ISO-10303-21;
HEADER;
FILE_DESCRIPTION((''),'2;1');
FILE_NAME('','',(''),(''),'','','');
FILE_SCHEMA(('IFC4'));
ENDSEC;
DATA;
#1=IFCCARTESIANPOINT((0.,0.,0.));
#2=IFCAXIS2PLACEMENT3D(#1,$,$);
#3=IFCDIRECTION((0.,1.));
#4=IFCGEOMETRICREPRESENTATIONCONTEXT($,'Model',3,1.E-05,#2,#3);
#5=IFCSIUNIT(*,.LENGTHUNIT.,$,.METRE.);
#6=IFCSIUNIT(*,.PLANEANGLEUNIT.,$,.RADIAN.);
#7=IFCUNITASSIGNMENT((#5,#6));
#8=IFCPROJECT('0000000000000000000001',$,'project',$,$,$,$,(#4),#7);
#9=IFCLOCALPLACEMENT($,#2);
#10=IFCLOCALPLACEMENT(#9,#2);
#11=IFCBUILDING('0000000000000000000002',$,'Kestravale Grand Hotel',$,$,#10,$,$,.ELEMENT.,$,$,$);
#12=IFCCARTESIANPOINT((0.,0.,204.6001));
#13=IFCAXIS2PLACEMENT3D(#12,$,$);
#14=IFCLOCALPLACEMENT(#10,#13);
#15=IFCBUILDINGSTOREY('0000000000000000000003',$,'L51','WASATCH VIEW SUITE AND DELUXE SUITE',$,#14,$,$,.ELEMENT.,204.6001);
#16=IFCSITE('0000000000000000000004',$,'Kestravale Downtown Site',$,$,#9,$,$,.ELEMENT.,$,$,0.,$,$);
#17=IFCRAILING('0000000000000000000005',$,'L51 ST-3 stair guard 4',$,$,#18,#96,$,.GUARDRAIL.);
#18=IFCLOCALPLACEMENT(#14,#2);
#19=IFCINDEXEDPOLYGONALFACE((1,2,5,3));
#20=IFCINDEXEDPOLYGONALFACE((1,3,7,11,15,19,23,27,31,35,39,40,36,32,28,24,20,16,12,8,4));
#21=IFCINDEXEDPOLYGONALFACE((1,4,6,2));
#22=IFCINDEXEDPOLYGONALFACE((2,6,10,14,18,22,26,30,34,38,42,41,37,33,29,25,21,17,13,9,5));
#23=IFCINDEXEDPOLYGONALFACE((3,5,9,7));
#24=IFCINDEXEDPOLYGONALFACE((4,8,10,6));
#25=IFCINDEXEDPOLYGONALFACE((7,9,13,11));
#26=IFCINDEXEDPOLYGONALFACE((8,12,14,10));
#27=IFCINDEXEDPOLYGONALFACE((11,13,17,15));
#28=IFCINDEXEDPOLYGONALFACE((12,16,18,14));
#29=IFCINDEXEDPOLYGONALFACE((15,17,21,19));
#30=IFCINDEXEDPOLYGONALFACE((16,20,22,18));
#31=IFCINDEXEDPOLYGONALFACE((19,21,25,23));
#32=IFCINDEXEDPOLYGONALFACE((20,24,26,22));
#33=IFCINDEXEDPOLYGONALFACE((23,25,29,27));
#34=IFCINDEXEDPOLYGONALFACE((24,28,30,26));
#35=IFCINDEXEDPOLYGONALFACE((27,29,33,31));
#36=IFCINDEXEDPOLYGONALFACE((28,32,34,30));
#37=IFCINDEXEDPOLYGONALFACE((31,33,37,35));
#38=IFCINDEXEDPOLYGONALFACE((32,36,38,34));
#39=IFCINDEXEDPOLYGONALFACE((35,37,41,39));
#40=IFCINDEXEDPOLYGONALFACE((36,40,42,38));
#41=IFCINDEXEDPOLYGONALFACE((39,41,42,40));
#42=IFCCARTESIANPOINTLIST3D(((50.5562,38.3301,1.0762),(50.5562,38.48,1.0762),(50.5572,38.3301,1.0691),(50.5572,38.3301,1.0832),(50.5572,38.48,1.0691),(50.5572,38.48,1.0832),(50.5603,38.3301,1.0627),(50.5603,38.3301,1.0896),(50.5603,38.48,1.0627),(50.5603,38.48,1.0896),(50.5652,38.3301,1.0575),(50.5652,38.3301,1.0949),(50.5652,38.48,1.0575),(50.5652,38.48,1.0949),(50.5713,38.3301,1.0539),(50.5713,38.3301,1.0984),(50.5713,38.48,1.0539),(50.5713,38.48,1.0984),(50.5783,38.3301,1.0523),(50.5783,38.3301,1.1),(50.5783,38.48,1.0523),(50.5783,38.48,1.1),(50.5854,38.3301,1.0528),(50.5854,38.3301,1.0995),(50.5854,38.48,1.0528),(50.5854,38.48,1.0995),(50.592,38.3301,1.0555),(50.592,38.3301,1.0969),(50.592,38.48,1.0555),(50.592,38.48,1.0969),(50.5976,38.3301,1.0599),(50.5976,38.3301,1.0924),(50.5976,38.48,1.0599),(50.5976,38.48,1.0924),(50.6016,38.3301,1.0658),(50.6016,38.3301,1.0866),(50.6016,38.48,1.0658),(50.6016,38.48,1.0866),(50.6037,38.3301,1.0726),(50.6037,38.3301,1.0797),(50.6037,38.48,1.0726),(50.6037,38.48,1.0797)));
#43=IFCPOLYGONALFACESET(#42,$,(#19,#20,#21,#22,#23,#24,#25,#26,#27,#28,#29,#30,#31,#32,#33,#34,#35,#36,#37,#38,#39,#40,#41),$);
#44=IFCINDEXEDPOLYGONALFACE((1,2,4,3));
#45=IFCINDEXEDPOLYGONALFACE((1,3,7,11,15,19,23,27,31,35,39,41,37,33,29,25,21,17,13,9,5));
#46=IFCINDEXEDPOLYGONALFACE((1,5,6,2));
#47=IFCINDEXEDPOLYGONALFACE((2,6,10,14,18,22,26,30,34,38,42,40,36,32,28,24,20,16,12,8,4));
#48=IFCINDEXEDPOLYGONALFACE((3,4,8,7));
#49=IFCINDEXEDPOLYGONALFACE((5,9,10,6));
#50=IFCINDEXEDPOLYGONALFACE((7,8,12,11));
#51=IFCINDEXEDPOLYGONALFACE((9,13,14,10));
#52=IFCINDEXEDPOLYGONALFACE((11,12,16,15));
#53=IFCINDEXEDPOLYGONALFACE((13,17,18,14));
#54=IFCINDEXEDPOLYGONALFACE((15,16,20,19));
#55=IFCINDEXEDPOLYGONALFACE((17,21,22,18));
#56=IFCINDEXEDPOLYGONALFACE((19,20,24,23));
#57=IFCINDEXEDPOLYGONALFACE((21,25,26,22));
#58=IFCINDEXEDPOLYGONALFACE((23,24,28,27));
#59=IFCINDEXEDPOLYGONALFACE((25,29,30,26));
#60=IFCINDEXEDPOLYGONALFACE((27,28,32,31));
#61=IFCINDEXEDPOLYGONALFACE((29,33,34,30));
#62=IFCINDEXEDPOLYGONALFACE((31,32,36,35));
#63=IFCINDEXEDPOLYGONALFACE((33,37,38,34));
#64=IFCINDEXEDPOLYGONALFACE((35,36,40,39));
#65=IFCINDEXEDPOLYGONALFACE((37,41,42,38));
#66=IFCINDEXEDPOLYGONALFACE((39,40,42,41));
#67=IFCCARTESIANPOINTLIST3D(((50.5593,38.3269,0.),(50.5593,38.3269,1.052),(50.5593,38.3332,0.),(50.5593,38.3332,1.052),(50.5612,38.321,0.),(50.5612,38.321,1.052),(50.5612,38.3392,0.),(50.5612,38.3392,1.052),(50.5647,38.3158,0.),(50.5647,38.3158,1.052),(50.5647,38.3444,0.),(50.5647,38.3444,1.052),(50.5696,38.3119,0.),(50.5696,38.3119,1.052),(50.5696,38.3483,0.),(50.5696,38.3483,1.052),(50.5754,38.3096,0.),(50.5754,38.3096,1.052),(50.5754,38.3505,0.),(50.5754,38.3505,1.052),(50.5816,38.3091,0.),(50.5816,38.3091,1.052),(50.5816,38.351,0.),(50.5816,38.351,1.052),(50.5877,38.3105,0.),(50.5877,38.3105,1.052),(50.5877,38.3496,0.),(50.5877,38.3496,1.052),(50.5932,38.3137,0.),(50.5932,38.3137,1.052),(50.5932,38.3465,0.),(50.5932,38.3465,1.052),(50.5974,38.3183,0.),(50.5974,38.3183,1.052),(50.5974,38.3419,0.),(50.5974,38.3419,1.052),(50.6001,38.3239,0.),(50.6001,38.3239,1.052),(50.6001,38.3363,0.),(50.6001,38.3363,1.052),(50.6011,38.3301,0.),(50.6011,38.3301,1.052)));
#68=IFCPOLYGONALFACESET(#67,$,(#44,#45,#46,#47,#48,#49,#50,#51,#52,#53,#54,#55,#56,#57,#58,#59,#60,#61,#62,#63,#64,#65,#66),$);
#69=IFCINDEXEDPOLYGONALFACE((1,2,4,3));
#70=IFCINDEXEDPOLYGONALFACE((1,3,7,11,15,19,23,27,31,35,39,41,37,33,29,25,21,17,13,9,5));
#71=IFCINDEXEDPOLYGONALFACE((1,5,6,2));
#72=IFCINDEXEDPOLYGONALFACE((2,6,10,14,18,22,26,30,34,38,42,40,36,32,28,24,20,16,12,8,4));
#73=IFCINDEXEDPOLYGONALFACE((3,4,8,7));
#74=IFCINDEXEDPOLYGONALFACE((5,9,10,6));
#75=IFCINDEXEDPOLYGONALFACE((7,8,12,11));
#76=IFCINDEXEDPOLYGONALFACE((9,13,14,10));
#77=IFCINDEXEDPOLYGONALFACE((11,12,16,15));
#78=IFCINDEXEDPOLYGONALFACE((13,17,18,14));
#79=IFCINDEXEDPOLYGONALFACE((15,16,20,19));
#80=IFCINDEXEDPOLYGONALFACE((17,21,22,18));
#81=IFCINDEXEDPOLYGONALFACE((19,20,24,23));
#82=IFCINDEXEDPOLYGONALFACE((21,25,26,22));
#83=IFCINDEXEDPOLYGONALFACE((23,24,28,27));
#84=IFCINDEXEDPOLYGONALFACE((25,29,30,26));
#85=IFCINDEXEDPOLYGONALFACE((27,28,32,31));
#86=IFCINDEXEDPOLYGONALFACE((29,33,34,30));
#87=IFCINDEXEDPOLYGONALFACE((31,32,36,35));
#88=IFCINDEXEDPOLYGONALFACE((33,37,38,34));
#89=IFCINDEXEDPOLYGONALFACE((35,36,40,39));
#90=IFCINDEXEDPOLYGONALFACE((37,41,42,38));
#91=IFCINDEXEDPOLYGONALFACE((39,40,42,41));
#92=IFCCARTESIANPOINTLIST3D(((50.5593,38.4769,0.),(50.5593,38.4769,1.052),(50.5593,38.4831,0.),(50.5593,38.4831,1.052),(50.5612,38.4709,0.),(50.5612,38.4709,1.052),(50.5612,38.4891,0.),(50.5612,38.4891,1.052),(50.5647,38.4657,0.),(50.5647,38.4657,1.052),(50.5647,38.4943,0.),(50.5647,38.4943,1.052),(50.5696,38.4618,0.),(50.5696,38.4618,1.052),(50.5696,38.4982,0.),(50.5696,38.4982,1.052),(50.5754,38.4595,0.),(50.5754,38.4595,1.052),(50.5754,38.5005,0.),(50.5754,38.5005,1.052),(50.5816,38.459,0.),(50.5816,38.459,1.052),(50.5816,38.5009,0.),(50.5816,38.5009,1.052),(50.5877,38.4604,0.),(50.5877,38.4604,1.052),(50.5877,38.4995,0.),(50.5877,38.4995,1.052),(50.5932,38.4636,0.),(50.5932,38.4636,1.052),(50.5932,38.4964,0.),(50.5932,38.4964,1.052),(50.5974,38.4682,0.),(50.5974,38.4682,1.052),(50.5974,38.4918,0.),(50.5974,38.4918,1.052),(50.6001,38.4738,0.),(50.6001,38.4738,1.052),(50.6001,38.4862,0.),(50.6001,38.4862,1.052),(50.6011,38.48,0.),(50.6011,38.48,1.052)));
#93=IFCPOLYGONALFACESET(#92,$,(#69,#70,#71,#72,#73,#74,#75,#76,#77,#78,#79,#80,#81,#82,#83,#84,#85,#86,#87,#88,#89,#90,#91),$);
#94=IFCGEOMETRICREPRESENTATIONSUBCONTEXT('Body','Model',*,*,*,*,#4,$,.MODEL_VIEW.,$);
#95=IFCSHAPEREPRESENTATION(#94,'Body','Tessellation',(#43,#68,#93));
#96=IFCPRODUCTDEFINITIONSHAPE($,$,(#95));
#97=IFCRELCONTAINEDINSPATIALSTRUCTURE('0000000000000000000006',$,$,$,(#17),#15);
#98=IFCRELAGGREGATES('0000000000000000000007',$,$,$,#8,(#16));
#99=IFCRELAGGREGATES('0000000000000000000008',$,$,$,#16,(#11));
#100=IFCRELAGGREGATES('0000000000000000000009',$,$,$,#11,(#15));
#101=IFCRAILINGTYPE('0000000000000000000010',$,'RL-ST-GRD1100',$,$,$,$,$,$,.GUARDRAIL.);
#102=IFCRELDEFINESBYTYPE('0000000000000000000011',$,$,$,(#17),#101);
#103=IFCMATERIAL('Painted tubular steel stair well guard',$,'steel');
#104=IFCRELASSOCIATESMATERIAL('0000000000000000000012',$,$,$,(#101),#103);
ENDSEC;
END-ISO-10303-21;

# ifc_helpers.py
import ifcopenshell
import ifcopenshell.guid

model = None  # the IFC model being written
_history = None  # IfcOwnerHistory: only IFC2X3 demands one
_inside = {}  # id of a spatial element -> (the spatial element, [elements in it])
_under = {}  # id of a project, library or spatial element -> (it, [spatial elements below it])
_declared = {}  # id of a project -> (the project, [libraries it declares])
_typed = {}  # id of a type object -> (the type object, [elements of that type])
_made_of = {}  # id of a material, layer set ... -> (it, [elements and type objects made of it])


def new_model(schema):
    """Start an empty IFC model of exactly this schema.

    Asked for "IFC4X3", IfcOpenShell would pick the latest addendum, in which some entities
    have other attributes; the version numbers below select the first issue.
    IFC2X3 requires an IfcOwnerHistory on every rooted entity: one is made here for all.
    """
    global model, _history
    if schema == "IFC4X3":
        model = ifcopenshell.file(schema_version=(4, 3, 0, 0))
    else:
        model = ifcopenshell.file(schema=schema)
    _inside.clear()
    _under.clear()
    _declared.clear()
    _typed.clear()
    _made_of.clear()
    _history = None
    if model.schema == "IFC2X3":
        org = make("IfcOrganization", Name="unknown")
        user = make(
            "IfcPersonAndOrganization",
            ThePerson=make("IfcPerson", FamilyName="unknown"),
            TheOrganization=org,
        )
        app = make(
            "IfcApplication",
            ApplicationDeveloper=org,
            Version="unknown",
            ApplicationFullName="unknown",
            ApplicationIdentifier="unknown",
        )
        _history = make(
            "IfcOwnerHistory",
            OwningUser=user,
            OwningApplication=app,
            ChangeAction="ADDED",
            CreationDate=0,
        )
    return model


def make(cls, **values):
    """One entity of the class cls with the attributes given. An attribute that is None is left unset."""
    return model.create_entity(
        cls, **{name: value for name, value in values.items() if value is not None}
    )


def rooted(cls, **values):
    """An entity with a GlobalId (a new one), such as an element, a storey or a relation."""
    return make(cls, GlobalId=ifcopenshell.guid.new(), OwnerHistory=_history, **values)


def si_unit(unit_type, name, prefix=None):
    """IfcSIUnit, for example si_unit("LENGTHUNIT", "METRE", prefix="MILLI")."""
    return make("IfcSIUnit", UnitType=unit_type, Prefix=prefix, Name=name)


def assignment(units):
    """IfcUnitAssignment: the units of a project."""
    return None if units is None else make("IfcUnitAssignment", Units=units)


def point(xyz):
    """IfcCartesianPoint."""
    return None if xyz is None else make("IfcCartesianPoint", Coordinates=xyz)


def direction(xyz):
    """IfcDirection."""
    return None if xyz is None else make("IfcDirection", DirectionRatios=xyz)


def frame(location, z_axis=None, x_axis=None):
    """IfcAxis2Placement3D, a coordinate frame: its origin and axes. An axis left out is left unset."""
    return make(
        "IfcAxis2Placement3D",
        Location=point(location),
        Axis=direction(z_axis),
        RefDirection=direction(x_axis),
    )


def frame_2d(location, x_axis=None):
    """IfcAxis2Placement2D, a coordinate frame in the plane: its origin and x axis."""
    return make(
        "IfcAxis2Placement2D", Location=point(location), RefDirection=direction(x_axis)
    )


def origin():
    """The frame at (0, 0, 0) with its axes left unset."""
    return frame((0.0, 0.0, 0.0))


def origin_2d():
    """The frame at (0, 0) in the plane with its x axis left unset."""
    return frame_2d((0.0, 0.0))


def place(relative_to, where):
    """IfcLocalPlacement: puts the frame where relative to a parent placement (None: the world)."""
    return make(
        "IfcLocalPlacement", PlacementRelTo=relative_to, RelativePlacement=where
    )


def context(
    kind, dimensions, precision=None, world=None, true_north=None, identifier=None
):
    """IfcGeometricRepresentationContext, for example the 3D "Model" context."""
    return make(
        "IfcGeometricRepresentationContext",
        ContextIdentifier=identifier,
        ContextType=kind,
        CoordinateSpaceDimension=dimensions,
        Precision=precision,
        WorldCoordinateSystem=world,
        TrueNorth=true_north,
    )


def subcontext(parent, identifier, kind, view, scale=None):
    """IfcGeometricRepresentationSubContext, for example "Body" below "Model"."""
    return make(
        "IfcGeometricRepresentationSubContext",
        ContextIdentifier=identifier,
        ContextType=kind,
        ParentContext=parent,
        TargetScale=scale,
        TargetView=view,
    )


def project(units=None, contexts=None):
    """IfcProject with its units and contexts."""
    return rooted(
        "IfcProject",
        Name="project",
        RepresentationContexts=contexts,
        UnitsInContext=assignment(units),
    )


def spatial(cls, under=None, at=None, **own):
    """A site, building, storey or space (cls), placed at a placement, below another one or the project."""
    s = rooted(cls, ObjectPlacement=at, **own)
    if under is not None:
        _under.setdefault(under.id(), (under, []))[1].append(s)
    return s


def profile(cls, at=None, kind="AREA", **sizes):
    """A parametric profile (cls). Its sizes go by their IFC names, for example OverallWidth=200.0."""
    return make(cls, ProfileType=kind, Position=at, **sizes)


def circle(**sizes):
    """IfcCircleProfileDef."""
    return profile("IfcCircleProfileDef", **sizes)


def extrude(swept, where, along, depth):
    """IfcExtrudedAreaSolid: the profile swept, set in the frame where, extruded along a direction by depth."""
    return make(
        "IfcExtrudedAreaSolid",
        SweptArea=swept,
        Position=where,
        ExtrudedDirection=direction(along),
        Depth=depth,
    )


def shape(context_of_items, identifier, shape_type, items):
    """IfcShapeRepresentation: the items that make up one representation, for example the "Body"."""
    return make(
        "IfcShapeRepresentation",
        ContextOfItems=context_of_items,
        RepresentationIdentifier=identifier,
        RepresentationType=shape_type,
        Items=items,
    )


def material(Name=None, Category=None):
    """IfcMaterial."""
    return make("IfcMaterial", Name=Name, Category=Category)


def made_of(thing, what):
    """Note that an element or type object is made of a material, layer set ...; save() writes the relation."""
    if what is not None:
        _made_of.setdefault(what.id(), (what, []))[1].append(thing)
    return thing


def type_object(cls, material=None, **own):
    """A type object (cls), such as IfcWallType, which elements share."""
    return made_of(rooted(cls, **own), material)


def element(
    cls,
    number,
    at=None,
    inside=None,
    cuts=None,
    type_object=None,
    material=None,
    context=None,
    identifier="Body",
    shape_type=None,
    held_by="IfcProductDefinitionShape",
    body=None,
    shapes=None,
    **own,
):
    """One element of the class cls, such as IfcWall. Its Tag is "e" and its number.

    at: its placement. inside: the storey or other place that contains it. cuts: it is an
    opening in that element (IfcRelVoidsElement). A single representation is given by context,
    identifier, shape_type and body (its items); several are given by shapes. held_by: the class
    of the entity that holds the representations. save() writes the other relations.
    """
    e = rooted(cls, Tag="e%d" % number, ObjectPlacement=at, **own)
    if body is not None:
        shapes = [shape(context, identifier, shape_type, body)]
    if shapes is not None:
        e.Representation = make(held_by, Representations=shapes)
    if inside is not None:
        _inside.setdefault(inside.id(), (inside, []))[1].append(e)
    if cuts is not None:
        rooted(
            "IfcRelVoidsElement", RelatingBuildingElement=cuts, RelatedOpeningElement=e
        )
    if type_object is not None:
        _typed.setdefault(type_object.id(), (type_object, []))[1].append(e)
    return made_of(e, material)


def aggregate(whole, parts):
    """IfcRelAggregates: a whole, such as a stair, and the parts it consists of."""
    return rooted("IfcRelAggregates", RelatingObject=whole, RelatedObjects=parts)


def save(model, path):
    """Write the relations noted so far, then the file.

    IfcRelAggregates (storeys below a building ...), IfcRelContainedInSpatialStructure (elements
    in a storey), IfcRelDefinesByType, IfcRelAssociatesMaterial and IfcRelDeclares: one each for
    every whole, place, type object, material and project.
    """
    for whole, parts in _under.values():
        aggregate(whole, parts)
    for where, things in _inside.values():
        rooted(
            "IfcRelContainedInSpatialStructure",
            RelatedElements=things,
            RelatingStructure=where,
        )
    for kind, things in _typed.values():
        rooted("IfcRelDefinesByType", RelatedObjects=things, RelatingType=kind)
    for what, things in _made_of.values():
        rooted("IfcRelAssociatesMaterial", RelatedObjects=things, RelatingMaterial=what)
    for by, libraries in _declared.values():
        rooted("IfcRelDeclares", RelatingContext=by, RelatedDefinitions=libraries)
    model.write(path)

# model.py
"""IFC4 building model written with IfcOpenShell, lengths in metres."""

from ifc_helpers import new_model, si_unit, direction, frame, origin, origin_2d, place, context, subcontext, project, spatial, circle, extrude, material, type_object, element, save


model = new_model("IFC4")

# Units and contexts
model_context = context("Model", 3, precision=1e-05, world=origin(), true_north=direction((0.0, 1.0)))
body_context = subcontext(model_context, "Body", "Model", "MODEL_VIEW")
ifc_project = project(units=[si_unit("LENGTHUNIT", "METRE"), si_unit("PLANEANGLEUNIT", "RADIAN")], contexts=[model_context])

# Site, building, storey
site_placement = place(None, origin())
site = spatial("IfcSite", under=ifc_project, at=site_placement, Name="Kestravale Downtown Site", CompositionType="ELEMENT", RefElevation=0.0)
building_placement = place(site_placement, origin())
building = spatial("IfcBuilding", under=site, at=building_placement, Name="Kestravale Grand Hotel", CompositionType="ELEMENT")
storey_placement = place(building_placement, frame((0.0, 0.0, 204.6001)))
storey = spatial("IfcBuildingStorey", under=building, at=storey_placement, Name="L51", Description="WASATCH VIEW SUITE AND DELUXE SUITE", CompositionType="ELEMENT", Elevation=204.6001)

# Railing
ifc_material_1 = material(Name="Painted tubular steel stair well guard", Category="steel")
railing_type_1 = type_object("IfcRailingType", Name="RL-ST-GRD1100", PredefinedType="GUARDRAIL", material=ifc_material_1)
railing_1_placement = place(storey_placement, frame((50.5801, 38.3301, 0.0)))
element("IfcRailing", 1, at=railing_1_placement, inside=storey, type_object=railing_type_1, Name="L51 ST-3 stair guard 4", PredefinedType="GUARDRAIL", context=body_context, shape_type="SweptSolid", body=[
    extrude(circle(Radius=0.0239, at=origin_2d()), frame((0.0, 0.0, 1.0762), z_axis=(0.0, 1.0, 0.0), x_axis=(-1.0, 0.0, 0.0)), (0.0, 0.0, 1.0), 0.1499),
    extrude(circle(Radius=0.021, at=origin_2d()), origin(), (0.0, 0.0, 1.0), 1.052),
    extrude(circle(Radius=0.021, at=origin_2d()), frame((0.0, 0.1499, 0.0)), (0.0, 0.0, 1.0), 1.052),
])

save(model, "model.ifc")
